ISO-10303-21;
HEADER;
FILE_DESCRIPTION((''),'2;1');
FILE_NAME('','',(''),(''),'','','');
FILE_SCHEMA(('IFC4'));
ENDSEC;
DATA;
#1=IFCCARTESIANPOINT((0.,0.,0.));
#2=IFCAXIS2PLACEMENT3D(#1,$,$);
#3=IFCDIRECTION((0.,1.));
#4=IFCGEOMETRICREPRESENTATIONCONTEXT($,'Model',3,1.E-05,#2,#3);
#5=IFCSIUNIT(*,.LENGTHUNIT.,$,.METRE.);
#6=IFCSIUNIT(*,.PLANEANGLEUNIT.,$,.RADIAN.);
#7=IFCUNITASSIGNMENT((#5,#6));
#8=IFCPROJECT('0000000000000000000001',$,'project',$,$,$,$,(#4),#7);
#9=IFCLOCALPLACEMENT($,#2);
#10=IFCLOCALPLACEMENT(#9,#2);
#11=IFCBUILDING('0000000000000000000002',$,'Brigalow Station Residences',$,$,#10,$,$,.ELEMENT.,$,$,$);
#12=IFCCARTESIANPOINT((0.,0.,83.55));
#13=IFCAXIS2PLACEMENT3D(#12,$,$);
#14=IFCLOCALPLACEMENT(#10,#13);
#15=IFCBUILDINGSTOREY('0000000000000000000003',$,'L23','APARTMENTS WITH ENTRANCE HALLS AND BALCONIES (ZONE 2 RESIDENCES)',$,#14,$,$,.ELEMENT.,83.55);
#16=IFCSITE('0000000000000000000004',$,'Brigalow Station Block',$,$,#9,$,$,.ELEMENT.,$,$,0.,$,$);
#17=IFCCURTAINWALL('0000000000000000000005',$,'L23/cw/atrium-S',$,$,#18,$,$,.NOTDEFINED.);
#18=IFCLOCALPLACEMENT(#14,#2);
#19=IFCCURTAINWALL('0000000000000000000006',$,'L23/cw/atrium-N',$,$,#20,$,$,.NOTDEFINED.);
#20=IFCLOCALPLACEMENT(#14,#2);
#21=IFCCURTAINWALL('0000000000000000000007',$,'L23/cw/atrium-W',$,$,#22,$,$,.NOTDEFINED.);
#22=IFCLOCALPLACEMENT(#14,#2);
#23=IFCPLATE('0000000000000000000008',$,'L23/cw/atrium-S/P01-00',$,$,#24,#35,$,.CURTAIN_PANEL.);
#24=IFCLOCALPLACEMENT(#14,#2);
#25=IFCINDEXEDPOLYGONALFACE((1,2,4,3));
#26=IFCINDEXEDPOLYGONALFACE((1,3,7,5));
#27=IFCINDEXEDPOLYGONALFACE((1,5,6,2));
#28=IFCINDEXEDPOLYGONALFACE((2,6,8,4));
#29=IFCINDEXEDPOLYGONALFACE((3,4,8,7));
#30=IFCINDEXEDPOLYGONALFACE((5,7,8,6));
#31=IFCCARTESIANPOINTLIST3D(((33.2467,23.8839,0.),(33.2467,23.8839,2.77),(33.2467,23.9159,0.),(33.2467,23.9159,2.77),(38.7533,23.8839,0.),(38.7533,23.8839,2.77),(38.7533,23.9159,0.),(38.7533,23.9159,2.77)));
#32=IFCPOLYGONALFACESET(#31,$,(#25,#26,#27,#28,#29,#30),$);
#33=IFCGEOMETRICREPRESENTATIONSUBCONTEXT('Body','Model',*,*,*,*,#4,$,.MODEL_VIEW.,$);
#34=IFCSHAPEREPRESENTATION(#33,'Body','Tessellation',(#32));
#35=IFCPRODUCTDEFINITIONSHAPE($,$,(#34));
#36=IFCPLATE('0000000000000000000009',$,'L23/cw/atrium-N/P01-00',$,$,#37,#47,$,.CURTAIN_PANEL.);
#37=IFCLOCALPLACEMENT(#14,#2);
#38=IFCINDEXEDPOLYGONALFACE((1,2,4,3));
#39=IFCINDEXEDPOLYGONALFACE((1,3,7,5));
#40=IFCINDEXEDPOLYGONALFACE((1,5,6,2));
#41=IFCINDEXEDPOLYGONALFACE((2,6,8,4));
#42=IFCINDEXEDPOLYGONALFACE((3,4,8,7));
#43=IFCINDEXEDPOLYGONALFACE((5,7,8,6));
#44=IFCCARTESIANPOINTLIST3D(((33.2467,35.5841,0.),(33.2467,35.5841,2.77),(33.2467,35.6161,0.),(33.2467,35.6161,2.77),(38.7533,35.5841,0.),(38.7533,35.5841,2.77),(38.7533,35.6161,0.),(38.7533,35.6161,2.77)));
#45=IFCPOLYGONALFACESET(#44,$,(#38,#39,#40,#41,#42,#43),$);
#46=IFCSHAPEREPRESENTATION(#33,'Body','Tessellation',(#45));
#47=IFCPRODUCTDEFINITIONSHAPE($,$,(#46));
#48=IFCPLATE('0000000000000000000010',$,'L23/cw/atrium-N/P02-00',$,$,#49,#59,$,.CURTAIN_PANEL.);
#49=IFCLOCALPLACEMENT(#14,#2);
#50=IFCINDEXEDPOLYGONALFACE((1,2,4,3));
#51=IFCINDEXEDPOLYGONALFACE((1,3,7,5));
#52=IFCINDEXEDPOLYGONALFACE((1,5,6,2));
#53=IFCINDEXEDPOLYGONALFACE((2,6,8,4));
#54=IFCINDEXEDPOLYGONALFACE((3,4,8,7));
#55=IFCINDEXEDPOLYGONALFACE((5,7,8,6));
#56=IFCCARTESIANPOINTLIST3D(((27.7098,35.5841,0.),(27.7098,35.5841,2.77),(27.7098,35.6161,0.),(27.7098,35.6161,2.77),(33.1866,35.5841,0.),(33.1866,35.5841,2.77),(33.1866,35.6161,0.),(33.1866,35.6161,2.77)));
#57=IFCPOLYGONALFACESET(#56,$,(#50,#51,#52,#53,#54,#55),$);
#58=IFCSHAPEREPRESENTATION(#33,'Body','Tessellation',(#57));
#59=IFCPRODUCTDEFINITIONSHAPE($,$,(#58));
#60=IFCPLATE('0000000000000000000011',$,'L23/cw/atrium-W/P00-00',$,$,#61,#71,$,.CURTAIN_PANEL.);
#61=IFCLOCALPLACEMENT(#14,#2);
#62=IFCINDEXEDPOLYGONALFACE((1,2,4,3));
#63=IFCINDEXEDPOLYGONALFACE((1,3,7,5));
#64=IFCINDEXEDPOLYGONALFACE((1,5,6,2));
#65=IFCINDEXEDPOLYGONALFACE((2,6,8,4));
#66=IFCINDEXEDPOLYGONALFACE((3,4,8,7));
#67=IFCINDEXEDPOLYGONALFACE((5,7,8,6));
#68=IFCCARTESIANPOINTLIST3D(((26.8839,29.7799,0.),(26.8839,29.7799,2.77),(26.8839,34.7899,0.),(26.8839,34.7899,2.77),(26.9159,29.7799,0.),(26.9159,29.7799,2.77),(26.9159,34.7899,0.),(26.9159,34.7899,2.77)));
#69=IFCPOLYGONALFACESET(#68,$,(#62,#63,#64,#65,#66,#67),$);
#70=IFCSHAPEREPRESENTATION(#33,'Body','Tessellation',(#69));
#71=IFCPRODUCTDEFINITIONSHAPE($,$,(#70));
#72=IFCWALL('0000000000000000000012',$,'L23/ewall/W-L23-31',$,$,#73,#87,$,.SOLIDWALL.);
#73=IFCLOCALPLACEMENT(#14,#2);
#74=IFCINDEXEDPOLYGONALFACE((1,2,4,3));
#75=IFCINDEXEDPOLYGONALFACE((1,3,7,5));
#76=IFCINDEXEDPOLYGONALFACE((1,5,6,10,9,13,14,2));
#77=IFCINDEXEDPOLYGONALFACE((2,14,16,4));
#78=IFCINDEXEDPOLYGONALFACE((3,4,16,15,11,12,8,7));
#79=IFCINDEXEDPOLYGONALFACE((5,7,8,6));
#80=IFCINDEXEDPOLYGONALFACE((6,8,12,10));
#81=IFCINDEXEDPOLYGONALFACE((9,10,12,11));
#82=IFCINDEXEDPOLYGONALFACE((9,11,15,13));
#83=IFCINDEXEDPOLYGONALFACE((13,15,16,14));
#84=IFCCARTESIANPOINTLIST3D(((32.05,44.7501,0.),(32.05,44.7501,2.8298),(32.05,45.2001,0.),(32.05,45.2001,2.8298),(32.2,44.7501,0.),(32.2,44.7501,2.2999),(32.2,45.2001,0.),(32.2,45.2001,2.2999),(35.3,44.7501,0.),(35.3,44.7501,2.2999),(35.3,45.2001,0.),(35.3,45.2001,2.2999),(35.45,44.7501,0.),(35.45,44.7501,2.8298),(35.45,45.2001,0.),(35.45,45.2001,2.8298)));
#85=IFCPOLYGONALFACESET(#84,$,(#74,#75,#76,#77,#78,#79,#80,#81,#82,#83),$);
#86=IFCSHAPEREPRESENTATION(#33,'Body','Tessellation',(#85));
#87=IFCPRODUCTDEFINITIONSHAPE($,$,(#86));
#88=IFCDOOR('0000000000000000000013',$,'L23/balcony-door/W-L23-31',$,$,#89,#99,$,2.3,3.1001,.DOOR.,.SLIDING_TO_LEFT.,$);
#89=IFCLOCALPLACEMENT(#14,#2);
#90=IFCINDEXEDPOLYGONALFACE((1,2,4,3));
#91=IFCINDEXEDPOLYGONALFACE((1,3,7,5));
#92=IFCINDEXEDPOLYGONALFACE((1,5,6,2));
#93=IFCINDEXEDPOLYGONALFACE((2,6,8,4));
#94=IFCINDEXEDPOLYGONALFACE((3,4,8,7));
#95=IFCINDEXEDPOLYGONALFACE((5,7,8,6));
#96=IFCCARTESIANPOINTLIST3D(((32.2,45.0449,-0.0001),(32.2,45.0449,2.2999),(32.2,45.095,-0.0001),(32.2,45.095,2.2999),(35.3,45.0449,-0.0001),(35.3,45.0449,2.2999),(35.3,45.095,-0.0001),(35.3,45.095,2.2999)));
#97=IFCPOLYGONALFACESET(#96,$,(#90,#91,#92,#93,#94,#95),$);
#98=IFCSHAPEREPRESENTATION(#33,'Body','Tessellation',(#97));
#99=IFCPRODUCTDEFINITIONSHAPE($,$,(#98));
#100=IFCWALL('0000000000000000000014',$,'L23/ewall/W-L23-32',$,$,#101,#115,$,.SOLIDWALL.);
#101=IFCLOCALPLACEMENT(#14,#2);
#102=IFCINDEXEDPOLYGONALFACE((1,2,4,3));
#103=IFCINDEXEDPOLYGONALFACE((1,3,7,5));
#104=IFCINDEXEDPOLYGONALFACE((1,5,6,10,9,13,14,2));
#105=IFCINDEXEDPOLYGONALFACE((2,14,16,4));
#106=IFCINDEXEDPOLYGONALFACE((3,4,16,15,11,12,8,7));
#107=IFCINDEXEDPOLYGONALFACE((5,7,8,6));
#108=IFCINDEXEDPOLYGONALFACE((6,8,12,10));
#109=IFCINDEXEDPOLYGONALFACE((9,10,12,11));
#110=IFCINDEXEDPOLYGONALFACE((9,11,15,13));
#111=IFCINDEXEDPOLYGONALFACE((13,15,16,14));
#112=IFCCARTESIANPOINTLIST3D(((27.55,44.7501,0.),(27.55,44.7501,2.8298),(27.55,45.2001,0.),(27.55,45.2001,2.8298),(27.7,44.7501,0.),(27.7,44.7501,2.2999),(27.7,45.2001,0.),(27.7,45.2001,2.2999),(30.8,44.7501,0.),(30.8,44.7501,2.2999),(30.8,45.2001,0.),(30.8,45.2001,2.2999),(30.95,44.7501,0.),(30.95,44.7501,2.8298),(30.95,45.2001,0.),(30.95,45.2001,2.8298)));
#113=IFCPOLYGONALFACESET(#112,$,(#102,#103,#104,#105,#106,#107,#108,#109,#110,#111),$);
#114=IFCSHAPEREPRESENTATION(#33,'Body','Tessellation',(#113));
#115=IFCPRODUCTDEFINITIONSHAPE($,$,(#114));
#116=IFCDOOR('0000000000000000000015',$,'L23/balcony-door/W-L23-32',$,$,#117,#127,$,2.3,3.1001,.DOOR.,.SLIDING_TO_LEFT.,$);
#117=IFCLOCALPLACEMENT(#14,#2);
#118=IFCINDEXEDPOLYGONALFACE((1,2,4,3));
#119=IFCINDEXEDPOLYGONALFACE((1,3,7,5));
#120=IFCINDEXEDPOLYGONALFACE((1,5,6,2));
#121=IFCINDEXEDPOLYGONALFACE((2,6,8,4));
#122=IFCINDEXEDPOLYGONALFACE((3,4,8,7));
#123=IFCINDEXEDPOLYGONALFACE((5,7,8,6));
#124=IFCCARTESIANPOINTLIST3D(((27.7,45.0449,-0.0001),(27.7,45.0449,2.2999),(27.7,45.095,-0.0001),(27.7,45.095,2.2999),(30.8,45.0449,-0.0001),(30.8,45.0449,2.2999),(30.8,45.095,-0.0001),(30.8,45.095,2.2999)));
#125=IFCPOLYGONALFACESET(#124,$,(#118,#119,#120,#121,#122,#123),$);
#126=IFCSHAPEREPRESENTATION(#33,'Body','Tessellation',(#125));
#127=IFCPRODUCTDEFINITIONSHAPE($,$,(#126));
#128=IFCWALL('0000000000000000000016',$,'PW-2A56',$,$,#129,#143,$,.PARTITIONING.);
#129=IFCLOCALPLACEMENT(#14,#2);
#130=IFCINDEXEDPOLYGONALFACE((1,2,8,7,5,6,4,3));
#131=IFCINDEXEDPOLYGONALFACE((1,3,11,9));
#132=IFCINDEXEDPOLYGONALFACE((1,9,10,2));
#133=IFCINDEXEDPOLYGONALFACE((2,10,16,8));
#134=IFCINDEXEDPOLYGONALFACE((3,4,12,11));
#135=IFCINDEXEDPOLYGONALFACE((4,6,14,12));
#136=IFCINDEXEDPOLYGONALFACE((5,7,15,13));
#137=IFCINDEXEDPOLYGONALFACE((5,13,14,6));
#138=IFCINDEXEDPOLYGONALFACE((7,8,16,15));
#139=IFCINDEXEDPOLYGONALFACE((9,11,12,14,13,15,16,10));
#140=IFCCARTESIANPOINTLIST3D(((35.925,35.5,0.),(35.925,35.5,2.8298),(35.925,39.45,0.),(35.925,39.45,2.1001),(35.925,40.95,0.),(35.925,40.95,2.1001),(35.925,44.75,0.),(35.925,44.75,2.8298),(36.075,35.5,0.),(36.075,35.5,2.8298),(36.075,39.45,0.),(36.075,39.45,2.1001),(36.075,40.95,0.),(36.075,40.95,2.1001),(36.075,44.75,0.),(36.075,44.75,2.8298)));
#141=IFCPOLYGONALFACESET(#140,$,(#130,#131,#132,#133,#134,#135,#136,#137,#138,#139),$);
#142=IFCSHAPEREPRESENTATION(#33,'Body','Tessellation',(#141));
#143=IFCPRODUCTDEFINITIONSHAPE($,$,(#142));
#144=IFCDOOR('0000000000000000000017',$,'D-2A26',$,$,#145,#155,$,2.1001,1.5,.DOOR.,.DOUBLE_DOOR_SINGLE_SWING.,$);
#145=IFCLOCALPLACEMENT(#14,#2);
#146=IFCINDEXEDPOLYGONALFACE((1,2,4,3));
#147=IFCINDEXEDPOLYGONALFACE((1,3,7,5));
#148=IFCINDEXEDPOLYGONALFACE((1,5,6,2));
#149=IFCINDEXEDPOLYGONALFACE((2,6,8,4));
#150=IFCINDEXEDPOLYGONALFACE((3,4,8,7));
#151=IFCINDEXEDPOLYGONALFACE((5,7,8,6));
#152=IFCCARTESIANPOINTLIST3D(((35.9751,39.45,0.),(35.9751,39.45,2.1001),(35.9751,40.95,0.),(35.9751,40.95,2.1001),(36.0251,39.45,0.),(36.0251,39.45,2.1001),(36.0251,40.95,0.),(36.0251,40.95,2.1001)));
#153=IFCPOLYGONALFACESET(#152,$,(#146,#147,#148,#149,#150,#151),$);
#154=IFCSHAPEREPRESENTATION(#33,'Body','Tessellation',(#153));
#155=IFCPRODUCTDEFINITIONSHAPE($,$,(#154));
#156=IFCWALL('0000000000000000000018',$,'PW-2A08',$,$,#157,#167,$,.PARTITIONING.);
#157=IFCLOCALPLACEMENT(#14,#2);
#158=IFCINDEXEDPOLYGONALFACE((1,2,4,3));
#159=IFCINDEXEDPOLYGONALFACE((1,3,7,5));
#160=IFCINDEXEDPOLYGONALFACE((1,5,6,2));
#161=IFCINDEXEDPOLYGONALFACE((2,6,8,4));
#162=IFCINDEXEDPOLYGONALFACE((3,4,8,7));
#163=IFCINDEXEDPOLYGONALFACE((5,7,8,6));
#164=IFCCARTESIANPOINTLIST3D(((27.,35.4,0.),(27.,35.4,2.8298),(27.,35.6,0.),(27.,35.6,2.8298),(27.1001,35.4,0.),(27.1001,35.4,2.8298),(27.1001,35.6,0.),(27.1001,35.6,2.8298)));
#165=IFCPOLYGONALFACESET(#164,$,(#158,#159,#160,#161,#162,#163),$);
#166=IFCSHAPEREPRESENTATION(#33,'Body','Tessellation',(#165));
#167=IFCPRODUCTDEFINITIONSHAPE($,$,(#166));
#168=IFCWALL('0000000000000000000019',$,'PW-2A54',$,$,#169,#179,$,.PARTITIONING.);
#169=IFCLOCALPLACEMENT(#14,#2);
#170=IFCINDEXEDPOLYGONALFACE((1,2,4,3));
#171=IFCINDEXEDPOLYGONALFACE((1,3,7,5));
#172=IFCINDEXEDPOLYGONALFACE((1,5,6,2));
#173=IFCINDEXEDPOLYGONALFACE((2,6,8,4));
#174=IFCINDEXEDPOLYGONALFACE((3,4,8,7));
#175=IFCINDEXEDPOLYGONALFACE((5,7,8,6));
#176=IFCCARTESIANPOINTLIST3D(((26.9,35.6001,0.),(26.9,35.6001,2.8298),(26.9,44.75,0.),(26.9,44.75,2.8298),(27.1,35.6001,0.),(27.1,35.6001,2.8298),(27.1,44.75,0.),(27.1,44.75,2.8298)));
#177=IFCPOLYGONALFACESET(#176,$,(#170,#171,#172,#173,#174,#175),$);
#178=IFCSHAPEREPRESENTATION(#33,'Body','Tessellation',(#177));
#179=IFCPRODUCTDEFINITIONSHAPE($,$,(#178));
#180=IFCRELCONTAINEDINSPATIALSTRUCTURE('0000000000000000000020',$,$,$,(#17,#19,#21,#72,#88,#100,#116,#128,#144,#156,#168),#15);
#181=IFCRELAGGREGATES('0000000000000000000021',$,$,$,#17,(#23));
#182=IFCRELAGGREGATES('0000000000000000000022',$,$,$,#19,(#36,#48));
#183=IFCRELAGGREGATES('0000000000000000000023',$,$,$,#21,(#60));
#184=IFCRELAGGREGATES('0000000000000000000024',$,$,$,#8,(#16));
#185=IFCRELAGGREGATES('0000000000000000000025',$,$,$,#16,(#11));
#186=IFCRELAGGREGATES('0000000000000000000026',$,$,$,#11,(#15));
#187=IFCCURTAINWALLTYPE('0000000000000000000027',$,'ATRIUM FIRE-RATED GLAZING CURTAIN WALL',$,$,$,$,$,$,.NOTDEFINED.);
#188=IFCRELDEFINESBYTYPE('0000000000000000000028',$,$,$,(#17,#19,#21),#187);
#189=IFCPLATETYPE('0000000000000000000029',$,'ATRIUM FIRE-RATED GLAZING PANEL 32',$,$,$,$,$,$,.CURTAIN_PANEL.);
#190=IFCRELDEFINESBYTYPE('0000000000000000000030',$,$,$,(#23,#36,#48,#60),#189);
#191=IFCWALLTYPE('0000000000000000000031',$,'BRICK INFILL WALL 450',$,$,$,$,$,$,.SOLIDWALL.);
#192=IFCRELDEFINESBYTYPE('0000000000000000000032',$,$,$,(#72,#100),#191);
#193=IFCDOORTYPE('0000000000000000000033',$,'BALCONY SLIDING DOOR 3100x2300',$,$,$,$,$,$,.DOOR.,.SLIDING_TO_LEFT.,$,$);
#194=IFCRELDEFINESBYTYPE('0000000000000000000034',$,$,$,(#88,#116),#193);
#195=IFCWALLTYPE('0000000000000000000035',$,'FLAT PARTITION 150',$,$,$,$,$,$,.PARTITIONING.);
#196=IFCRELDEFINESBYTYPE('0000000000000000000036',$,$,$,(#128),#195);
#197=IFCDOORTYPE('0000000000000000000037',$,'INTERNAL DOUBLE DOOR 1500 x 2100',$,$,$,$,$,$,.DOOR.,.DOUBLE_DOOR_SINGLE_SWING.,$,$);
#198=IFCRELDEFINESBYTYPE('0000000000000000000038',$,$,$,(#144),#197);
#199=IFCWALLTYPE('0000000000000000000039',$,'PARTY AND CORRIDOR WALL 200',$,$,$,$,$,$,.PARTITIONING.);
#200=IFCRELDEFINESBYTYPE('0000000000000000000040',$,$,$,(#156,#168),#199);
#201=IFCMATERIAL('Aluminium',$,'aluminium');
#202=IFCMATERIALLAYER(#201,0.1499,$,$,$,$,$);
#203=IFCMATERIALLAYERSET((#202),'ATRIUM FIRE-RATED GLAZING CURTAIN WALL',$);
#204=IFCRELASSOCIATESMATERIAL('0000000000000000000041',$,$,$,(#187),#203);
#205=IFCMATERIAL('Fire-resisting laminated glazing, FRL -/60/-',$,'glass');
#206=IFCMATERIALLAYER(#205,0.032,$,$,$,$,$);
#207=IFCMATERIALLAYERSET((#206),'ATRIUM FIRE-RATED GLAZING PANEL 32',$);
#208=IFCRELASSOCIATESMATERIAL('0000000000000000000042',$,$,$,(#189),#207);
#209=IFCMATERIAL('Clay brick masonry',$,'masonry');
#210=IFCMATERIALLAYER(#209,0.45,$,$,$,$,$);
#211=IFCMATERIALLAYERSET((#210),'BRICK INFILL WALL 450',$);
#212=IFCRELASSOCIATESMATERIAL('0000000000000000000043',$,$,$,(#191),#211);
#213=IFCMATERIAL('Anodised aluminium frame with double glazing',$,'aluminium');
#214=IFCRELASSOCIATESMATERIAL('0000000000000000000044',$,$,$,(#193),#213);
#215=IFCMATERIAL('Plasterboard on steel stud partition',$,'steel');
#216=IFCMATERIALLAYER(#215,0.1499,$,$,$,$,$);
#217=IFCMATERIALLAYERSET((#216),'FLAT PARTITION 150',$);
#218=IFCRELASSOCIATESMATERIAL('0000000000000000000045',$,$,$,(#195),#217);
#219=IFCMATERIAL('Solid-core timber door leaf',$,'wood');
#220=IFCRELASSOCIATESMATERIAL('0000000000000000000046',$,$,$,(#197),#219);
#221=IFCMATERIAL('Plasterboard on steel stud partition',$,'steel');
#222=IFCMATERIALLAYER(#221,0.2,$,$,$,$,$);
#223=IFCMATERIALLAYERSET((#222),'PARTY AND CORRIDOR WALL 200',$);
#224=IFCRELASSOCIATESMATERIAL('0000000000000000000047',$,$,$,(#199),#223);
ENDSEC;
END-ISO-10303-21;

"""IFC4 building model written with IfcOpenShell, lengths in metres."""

from ifc_helpers import new_model, si_unit, direction, frame, frame_2d, origin, origin_2d, place, context, subcontext, project, spatial, rectangle, extrude, material, layer, layer_set, type_object, element, fill, aggregate, save


model = new_model("IFC4")

# Units and contexts
model_context = context("Model", 3, precision=1e-05, world=origin(), true_north=direction((0.0, 1.0)))
body_context = subcontext(model_context, "Body", "Model", "MODEL_VIEW")
ifc_project = project(units=[si_unit("LENGTHUNIT", "METRE"), si_unit("PLANEANGLEUNIT", "RADIAN")], contexts=[model_context])

# Site, building, storey
site_placement = place(None, origin())
site = spatial("IfcSite", under=ifc_project, at=site_placement, Name="Brigalow Station Block", CompositionType="ELEMENT", RefElevation=0.0)
building_placement = place(site_placement, origin())
building = spatial("IfcBuilding", under=site, at=building_placement, Name="Brigalow Station Residences", CompositionType="ELEMENT")
storey_placement = place(building_placement, frame((0.0, 0.0, 83.55)))
storey = spatial("IfcBuildingStorey", under=building, at=storey_placement, Name="L23", Description="APARTMENTS WITH ENTRANCE HALLS AND BALCONIES (ZONE 2 RESIDENCES)", CompositionType="ELEMENT", Elevation=83.55)

# Curtain wall
ifc_material_1 = material(Name="Aluminium", Category="aluminium")
ifc_layer_1 = layer(ifc_material_1, 0.1499)
ifc_layer_set_1 = layer_set([ifc_layer_1], Name="ATRIUM FIRE-RATED GLAZING CURTAIN WALL")
curtain_wall_type = type_object("IfcCurtainWallType", Name="ATRIUM FIRE-RATED GLAZING CURTAIN WALL", PredefinedType="NOTDEFINED", material=ifc_layer_set_1)
curtain_wall_1_placement = place(storey_placement, origin())
curtain_wall_1 = element("IfcCurtainWall", 1, at=curtain_wall_1_placement, inside=storey, type_object=curtain_wall_type, Name="L23/cw/atrium-S", PredefinedType="NOTDEFINED")

# Curtain wall
curtain_wall_2_placement = place(storey_placement, origin())
curtain_wall_2 = element("IfcCurtainWall", 2, at=curtain_wall_2_placement, inside=storey, type_object=curtain_wall_type, Name="L23/cw/atrium-N", PredefinedType="NOTDEFINED")

# Curtain wall
curtain_wall_3_placement = place(storey_placement, origin())
curtain_wall_3 = element("IfcCurtainWall", 3, at=curtain_wall_3_placement, inside=storey, type_object=curtain_wall_type, Name="L23/cw/atrium-W", PredefinedType="NOTDEFINED")

# Plates
ifc_material_2 = material(Name="Fire-resisting laminated glazing, FRL -/60/-", Category="glass")
ifc_layer_2 = layer(ifc_material_2, 0.032)
ifc_layer_set_2 = layer_set([ifc_layer_2], Name="ATRIUM FIRE-RATED GLAZING PANEL 32")
plate_type = type_object("IfcPlateType", Name="ATRIUM FIRE-RATED GLAZING PANEL 32", PredefinedType="CURTAIN_PANEL", material=ifc_layer_set_2)
plate_1_placement = place(storey_placement, frame((36.0, 23.8999, 0.0), z_axis=(0.0, 0.0, 1.0), x_axis=(1.0, 0.0, 0.0)))
plate_1 = element("IfcPlate", 4, at=plate_1_placement, type_object=plate_type, Name="L23/cw/atrium-S/P01-00", PredefinedType="CURTAIN_PANEL", context=body_context, shape_type="SweptSolid", body=[
    extrude(rectangle(XDim=5.5066, YDim=0.032, at=origin_2d()), origin(), (0.0, 0.0, 1.0), 2.77),
])
aggregate(curtain_wall_1, [plate_1])
plate_2_placement = place(storey_placement, frame((36.0, 35.6001, 0.0), z_axis=(0.0, 0.0, 1.0), x_axis=(-1.0, 0.0, 0.0)))
plate_2 = element("IfcPlate", 5, at=plate_2_placement, type_object=plate_type, Name="L23/cw/atrium-N/P01-00", PredefinedType="CURTAIN_PANEL", context=body_context, shape_type="SweptSolid", body=[
    extrude(rectangle(XDim=5.5066, YDim=0.032, at=origin_2d()), origin(), (0.0, 0.0, 1.0), 2.77),
])
plate_3_placement = place(storey_placement, frame((30.4482, 35.6001, 0.0), z_axis=(0.0, 0.0, 1.0), x_axis=(-1.0, 0.0, 0.0)))
plate_3 = element("IfcPlate", 6, at=plate_3_placement, type_object=plate_type, Name="L23/cw/atrium-N/P02-00", PredefinedType="CURTAIN_PANEL", context=body_context, shape_type="SweptSolid", body=[
    extrude(rectangle(XDim=5.4768, YDim=0.032, at=origin_2d()), origin(), (0.0, 0.0, 1.0), 2.77),
])
aggregate(curtain_wall_2, [plate_2, plate_3])
plate_4_placement = place(storey_placement, frame((26.8999, 32.2849, 0.0), z_axis=(0.0, 0.0, 1.0), x_axis=(0.0, -1.0, 0.0)))
plate_4 = element("IfcPlate", 7, at=plate_4_placement, type_object=plate_type, Name="L23/cw/atrium-W/P00-00", PredefinedType="CURTAIN_PANEL", context=body_context, shape_type="SweptSolid", body=[
    extrude(rectangle(XDim=5.01, YDim=0.032, at=origin_2d()), origin(), (0.0, 0.0, 1.0), 2.77),
])
aggregate(curtain_wall_3, [plate_4])

# Walls, openings, doors
ifc_material_3 = material(Name="Clay brick masonry", Category="masonry")
ifc_layer_3 = layer(ifc_material_3, 0.45)
ifc_layer_set_3 = layer_set([ifc_layer_3], Name="BRICK INFILL WALL 450")
wall_type_1 = type_object("IfcWallType", Name="BRICK INFILL WALL 450", PredefinedType="SOLIDWALL", material=ifc_layer_set_3)
wall_1_placement = place(storey_placement, frame((35.45, 44.9751, 0.0), z_axis=(0.0, 0.0, 1.0), x_axis=(-1.0, 0.0, 0.0)))
wall_1 = element("IfcWall", 8, at=wall_1_placement, inside=storey, type_object=wall_type_1, Name="L23/ewall/W-L23-31", PredefinedType="SOLIDWALL", context=body_context, shape_type="SweptSolid", body=[
    extrude(rectangle(XDim=3.3999, YDim=0.45, at=frame_2d((1.7, 0.0))), origin(), (0.0, 0.0, 1.0), 2.8298),
])
opening_1_placement = place(wall_1_placement, frame((0.1499, 0.0, 0.0)))
opening_1 = element("IfcOpeningElement", 9, at=opening_1_placement, cuts=wall_1, PredefinedType="OPENING", context=body_context, shape_type="SweptSolid", body=[
    extrude(rectangle(XDim=3.1001, YDim=2.3, at=frame_2d((1.55, 1.1499))), frame((0.0, 0.2349, 0.0), z_axis=(0.0, -1.0, 0.0), x_axis=(1.0, 0.0, 0.0)), (0.0, 0.0, 1.0), 0.47),
])
ifc_material_4 = material(Name="Anodised aluminium frame with double glazing", Category="aluminium")
door_type_1 = type_object("IfcDoorType", Name="BALCONY SLIDING DOOR 3100x2300", OperationType="SLIDING_TO_LEFT", PredefinedType="DOOR", material=ifc_material_4)
door_1_placement = place(opening_1_placement, origin())
door_1 = element("IfcDoor", 10, at=door_1_placement, inside=storey, type_object=door_type_1, Name="L23/balcony-door/W-L23-31", OperationType="SLIDING_TO_LEFT", OverallHeight=2.3, OverallWidth=3.1001, PredefinedType="DOOR", context=body_context, shape_type="SweptSolid", body=[
    extrude(rectangle(XDim=3.1001, YDim=2.3, at=frame_2d((1.55, 1.1499))), frame((0.0, -0.0698, 0.0), z_axis=(0.0, -1.0, 0.0), x_axis=(1.0, 0.0, 0.0)), (0.0, 0.0, 1.0), 0.05),
])
fill(opening_1, door_1)
wall_2_placement = place(storey_placement, frame((30.95, 44.9751, 0.0), z_axis=(0.0, 0.0, 1.0), x_axis=(-1.0, 0.0, 0.0)))
wall_2 = element("IfcWall", 11, at=wall_2_placement, inside=storey, type_object=wall_type_1, Name="L23/ewall/W-L23-32", PredefinedType="SOLIDWALL", context=body_context, shape_type="SweptSolid", body=[
    extrude(rectangle(XDim=3.3999, YDim=0.45, at=frame_2d((1.7, 0.0))), origin(), (0.0, 0.0, 1.0), 2.8298),
])
opening_2_placement = place(wall_2_placement, frame((0.1499, 0.0, 0.0)))
opening_2 = element("IfcOpeningElement", 12, at=opening_2_placement, cuts=wall_2, PredefinedType="OPENING", context=body_context, shape_type="SweptSolid", body=[
    extrude(rectangle(XDim=3.1001, YDim=2.3, at=frame_2d((1.55, 1.1499))), frame((0.0, 0.2349, 0.0), z_axis=(0.0, -1.0, 0.0), x_axis=(1.0, 0.0, 0.0)), (0.0, 0.0, 1.0), 0.47),
])
door_2_placement = place(opening_2_placement, origin())
door_2 = element("IfcDoor", 13, at=door_2_placement, inside=storey, type_object=door_type_1, Name="L23/balcony-door/W-L23-32", OperationType="SLIDING_TO_LEFT", OverallHeight=2.3, OverallWidth=3.1001, PredefinedType="DOOR", context=body_context, shape_type="SweptSolid", body=[
    extrude(rectangle(XDim=3.1001, YDim=2.3, at=frame_2d((1.55, 1.1499))), frame((0.0, -0.0698, 0.0), z_axis=(0.0, -1.0, 0.0), x_axis=(1.0, 0.0, 0.0)), (0.0, 0.0, 1.0), 0.05),
])
fill(opening_2, door_2)
ifc_material_5 = material(Name="Plasterboard on steel stud partition", Category="steel")
ifc_layer_4 = layer(ifc_material_5, 0.1499)
ifc_layer_set_4 = layer_set([ifc_layer_4], Name="FLAT PARTITION 150")
wall_type_2 = type_object("IfcWallType", Name="FLAT PARTITION 150", PredefinedType="PARTITIONING", material=ifc_layer_set_4)
wall_3_placement = place(storey_placement, frame((36.0, 35.5, 0.0), z_axis=(0.0, 0.0, 1.0), x_axis=(0.0, 1.0, 0.0)))
wall_3 = element("IfcWall", 14, at=wall_3_placement, inside=storey, type_object=wall_type_2, Name="PW-2A56", PredefinedType="PARTITIONING", context=body_context, shape_type="SweptSolid", body=[
    extrude(rectangle(XDim=9.25, YDim=0.1499, at=frame_2d((4.625, 0.0))), origin(), (0.0, 0.0, 1.0), 2.8298),
])
opening_3_placement = place(wall_3_placement, frame((3.95, 0.0, 0.0)))
opening_3 = element("IfcOpeningElement", 15, at=opening_3_placement, cuts=wall_3, PredefinedType="OPENING", context=body_context, shape_type="SweptSolid", body=[
    extrude(rectangle(XDim=1.5, YDim=2.1001, at=frame_2d((0.75, 1.05))), frame((0.0, 0.085, 0.0), z_axis=(0.0, -1.0, 0.0), x_axis=(1.0, 0.0, 0.0)), (0.0, 0.0, 1.0), 0.1699),
])
ifc_material_6 = material(Name="Solid-core timber door leaf", Category="wood")
door_type_2 = type_object("IfcDoorType", Name="INTERNAL DOUBLE DOOR 1500 x 2100", OperationType="DOUBLE_DOOR_SINGLE_SWING", PredefinedType="DOOR", material=ifc_material_6)
door_3_placement = place(opening_3_placement, origin())
door_3 = element("IfcDoor", 16, at=door_3_placement, inside=storey, type_object=door_type_2, Name="D-2A26", OperationType="DOUBLE_DOOR_SINGLE_SWING", OverallHeight=2.1001, OverallWidth=1.5, PredefinedType="DOOR", context=body_context, shape_type="SweptSolid", body=[
    extrude(rectangle(XDim=1.5, YDim=2.1001, at=frame_2d((0.75, 1.05))), frame((0.0, 0.0249, 0.0), z_axis=(0.0, -1.0, 0.0), x_axis=(1.0, 0.0, 0.0)), (0.0, 0.0, 1.0), 0.05),
])
fill(opening_3, door_3)

# Walls
ifc_material_7 = material(Name="Plasterboard on steel stud partition", Category="steel")
ifc_layer_5 = layer(ifc_material_7, 0.2)
ifc_layer_set_5 = layer_set([ifc_layer_5], Name="PARTY AND CORRIDOR WALL 200")
wall_type_3 = type_object("IfcWallType", Name="PARTY AND CORRIDOR WALL 200", PredefinedType="PARTITIONING", material=ifc_layer_set_5)
wall_4_placement = place(storey_placement, frame((27.0, 35.5, 0.0), z_axis=(0.0, 0.0, 1.0), x_axis=(1.0, 0.0, 0.0)))
element("IfcWall", 17, at=wall_4_placement, inside=storey, type_object=wall_type_3, Name="PW-2A08", PredefinedType="PARTITIONING", context=body_context, shape_type="SweptSolid", body=[
    extrude(rectangle(XDim=0.1001, YDim=0.2, at=frame_2d((0.05, 0.0))), origin(), (0.0, 0.0, 1.0), 2.8298),
])
wall_5_placement = place(storey_placement, frame((27.0, 35.6001, 0.0), z_axis=(0.0, 0.0, 1.0), x_axis=(0.0, 1.0, 0.0)))
element("IfcWall", 18, at=wall_5_placement, inside=storey, type_object=wall_type_3, Name="PW-2A54", PredefinedType="PARTITIONING", context=body_context, shape_type="SweptSolid", body=[
    extrude(rectangle(XDim=9.1499, YDim=0.2, at=frame_2d((4.575, 0.0))), origin(), (0.0, 0.0, 1.0), 2.8298),
])

save(model, "model.ifc")
